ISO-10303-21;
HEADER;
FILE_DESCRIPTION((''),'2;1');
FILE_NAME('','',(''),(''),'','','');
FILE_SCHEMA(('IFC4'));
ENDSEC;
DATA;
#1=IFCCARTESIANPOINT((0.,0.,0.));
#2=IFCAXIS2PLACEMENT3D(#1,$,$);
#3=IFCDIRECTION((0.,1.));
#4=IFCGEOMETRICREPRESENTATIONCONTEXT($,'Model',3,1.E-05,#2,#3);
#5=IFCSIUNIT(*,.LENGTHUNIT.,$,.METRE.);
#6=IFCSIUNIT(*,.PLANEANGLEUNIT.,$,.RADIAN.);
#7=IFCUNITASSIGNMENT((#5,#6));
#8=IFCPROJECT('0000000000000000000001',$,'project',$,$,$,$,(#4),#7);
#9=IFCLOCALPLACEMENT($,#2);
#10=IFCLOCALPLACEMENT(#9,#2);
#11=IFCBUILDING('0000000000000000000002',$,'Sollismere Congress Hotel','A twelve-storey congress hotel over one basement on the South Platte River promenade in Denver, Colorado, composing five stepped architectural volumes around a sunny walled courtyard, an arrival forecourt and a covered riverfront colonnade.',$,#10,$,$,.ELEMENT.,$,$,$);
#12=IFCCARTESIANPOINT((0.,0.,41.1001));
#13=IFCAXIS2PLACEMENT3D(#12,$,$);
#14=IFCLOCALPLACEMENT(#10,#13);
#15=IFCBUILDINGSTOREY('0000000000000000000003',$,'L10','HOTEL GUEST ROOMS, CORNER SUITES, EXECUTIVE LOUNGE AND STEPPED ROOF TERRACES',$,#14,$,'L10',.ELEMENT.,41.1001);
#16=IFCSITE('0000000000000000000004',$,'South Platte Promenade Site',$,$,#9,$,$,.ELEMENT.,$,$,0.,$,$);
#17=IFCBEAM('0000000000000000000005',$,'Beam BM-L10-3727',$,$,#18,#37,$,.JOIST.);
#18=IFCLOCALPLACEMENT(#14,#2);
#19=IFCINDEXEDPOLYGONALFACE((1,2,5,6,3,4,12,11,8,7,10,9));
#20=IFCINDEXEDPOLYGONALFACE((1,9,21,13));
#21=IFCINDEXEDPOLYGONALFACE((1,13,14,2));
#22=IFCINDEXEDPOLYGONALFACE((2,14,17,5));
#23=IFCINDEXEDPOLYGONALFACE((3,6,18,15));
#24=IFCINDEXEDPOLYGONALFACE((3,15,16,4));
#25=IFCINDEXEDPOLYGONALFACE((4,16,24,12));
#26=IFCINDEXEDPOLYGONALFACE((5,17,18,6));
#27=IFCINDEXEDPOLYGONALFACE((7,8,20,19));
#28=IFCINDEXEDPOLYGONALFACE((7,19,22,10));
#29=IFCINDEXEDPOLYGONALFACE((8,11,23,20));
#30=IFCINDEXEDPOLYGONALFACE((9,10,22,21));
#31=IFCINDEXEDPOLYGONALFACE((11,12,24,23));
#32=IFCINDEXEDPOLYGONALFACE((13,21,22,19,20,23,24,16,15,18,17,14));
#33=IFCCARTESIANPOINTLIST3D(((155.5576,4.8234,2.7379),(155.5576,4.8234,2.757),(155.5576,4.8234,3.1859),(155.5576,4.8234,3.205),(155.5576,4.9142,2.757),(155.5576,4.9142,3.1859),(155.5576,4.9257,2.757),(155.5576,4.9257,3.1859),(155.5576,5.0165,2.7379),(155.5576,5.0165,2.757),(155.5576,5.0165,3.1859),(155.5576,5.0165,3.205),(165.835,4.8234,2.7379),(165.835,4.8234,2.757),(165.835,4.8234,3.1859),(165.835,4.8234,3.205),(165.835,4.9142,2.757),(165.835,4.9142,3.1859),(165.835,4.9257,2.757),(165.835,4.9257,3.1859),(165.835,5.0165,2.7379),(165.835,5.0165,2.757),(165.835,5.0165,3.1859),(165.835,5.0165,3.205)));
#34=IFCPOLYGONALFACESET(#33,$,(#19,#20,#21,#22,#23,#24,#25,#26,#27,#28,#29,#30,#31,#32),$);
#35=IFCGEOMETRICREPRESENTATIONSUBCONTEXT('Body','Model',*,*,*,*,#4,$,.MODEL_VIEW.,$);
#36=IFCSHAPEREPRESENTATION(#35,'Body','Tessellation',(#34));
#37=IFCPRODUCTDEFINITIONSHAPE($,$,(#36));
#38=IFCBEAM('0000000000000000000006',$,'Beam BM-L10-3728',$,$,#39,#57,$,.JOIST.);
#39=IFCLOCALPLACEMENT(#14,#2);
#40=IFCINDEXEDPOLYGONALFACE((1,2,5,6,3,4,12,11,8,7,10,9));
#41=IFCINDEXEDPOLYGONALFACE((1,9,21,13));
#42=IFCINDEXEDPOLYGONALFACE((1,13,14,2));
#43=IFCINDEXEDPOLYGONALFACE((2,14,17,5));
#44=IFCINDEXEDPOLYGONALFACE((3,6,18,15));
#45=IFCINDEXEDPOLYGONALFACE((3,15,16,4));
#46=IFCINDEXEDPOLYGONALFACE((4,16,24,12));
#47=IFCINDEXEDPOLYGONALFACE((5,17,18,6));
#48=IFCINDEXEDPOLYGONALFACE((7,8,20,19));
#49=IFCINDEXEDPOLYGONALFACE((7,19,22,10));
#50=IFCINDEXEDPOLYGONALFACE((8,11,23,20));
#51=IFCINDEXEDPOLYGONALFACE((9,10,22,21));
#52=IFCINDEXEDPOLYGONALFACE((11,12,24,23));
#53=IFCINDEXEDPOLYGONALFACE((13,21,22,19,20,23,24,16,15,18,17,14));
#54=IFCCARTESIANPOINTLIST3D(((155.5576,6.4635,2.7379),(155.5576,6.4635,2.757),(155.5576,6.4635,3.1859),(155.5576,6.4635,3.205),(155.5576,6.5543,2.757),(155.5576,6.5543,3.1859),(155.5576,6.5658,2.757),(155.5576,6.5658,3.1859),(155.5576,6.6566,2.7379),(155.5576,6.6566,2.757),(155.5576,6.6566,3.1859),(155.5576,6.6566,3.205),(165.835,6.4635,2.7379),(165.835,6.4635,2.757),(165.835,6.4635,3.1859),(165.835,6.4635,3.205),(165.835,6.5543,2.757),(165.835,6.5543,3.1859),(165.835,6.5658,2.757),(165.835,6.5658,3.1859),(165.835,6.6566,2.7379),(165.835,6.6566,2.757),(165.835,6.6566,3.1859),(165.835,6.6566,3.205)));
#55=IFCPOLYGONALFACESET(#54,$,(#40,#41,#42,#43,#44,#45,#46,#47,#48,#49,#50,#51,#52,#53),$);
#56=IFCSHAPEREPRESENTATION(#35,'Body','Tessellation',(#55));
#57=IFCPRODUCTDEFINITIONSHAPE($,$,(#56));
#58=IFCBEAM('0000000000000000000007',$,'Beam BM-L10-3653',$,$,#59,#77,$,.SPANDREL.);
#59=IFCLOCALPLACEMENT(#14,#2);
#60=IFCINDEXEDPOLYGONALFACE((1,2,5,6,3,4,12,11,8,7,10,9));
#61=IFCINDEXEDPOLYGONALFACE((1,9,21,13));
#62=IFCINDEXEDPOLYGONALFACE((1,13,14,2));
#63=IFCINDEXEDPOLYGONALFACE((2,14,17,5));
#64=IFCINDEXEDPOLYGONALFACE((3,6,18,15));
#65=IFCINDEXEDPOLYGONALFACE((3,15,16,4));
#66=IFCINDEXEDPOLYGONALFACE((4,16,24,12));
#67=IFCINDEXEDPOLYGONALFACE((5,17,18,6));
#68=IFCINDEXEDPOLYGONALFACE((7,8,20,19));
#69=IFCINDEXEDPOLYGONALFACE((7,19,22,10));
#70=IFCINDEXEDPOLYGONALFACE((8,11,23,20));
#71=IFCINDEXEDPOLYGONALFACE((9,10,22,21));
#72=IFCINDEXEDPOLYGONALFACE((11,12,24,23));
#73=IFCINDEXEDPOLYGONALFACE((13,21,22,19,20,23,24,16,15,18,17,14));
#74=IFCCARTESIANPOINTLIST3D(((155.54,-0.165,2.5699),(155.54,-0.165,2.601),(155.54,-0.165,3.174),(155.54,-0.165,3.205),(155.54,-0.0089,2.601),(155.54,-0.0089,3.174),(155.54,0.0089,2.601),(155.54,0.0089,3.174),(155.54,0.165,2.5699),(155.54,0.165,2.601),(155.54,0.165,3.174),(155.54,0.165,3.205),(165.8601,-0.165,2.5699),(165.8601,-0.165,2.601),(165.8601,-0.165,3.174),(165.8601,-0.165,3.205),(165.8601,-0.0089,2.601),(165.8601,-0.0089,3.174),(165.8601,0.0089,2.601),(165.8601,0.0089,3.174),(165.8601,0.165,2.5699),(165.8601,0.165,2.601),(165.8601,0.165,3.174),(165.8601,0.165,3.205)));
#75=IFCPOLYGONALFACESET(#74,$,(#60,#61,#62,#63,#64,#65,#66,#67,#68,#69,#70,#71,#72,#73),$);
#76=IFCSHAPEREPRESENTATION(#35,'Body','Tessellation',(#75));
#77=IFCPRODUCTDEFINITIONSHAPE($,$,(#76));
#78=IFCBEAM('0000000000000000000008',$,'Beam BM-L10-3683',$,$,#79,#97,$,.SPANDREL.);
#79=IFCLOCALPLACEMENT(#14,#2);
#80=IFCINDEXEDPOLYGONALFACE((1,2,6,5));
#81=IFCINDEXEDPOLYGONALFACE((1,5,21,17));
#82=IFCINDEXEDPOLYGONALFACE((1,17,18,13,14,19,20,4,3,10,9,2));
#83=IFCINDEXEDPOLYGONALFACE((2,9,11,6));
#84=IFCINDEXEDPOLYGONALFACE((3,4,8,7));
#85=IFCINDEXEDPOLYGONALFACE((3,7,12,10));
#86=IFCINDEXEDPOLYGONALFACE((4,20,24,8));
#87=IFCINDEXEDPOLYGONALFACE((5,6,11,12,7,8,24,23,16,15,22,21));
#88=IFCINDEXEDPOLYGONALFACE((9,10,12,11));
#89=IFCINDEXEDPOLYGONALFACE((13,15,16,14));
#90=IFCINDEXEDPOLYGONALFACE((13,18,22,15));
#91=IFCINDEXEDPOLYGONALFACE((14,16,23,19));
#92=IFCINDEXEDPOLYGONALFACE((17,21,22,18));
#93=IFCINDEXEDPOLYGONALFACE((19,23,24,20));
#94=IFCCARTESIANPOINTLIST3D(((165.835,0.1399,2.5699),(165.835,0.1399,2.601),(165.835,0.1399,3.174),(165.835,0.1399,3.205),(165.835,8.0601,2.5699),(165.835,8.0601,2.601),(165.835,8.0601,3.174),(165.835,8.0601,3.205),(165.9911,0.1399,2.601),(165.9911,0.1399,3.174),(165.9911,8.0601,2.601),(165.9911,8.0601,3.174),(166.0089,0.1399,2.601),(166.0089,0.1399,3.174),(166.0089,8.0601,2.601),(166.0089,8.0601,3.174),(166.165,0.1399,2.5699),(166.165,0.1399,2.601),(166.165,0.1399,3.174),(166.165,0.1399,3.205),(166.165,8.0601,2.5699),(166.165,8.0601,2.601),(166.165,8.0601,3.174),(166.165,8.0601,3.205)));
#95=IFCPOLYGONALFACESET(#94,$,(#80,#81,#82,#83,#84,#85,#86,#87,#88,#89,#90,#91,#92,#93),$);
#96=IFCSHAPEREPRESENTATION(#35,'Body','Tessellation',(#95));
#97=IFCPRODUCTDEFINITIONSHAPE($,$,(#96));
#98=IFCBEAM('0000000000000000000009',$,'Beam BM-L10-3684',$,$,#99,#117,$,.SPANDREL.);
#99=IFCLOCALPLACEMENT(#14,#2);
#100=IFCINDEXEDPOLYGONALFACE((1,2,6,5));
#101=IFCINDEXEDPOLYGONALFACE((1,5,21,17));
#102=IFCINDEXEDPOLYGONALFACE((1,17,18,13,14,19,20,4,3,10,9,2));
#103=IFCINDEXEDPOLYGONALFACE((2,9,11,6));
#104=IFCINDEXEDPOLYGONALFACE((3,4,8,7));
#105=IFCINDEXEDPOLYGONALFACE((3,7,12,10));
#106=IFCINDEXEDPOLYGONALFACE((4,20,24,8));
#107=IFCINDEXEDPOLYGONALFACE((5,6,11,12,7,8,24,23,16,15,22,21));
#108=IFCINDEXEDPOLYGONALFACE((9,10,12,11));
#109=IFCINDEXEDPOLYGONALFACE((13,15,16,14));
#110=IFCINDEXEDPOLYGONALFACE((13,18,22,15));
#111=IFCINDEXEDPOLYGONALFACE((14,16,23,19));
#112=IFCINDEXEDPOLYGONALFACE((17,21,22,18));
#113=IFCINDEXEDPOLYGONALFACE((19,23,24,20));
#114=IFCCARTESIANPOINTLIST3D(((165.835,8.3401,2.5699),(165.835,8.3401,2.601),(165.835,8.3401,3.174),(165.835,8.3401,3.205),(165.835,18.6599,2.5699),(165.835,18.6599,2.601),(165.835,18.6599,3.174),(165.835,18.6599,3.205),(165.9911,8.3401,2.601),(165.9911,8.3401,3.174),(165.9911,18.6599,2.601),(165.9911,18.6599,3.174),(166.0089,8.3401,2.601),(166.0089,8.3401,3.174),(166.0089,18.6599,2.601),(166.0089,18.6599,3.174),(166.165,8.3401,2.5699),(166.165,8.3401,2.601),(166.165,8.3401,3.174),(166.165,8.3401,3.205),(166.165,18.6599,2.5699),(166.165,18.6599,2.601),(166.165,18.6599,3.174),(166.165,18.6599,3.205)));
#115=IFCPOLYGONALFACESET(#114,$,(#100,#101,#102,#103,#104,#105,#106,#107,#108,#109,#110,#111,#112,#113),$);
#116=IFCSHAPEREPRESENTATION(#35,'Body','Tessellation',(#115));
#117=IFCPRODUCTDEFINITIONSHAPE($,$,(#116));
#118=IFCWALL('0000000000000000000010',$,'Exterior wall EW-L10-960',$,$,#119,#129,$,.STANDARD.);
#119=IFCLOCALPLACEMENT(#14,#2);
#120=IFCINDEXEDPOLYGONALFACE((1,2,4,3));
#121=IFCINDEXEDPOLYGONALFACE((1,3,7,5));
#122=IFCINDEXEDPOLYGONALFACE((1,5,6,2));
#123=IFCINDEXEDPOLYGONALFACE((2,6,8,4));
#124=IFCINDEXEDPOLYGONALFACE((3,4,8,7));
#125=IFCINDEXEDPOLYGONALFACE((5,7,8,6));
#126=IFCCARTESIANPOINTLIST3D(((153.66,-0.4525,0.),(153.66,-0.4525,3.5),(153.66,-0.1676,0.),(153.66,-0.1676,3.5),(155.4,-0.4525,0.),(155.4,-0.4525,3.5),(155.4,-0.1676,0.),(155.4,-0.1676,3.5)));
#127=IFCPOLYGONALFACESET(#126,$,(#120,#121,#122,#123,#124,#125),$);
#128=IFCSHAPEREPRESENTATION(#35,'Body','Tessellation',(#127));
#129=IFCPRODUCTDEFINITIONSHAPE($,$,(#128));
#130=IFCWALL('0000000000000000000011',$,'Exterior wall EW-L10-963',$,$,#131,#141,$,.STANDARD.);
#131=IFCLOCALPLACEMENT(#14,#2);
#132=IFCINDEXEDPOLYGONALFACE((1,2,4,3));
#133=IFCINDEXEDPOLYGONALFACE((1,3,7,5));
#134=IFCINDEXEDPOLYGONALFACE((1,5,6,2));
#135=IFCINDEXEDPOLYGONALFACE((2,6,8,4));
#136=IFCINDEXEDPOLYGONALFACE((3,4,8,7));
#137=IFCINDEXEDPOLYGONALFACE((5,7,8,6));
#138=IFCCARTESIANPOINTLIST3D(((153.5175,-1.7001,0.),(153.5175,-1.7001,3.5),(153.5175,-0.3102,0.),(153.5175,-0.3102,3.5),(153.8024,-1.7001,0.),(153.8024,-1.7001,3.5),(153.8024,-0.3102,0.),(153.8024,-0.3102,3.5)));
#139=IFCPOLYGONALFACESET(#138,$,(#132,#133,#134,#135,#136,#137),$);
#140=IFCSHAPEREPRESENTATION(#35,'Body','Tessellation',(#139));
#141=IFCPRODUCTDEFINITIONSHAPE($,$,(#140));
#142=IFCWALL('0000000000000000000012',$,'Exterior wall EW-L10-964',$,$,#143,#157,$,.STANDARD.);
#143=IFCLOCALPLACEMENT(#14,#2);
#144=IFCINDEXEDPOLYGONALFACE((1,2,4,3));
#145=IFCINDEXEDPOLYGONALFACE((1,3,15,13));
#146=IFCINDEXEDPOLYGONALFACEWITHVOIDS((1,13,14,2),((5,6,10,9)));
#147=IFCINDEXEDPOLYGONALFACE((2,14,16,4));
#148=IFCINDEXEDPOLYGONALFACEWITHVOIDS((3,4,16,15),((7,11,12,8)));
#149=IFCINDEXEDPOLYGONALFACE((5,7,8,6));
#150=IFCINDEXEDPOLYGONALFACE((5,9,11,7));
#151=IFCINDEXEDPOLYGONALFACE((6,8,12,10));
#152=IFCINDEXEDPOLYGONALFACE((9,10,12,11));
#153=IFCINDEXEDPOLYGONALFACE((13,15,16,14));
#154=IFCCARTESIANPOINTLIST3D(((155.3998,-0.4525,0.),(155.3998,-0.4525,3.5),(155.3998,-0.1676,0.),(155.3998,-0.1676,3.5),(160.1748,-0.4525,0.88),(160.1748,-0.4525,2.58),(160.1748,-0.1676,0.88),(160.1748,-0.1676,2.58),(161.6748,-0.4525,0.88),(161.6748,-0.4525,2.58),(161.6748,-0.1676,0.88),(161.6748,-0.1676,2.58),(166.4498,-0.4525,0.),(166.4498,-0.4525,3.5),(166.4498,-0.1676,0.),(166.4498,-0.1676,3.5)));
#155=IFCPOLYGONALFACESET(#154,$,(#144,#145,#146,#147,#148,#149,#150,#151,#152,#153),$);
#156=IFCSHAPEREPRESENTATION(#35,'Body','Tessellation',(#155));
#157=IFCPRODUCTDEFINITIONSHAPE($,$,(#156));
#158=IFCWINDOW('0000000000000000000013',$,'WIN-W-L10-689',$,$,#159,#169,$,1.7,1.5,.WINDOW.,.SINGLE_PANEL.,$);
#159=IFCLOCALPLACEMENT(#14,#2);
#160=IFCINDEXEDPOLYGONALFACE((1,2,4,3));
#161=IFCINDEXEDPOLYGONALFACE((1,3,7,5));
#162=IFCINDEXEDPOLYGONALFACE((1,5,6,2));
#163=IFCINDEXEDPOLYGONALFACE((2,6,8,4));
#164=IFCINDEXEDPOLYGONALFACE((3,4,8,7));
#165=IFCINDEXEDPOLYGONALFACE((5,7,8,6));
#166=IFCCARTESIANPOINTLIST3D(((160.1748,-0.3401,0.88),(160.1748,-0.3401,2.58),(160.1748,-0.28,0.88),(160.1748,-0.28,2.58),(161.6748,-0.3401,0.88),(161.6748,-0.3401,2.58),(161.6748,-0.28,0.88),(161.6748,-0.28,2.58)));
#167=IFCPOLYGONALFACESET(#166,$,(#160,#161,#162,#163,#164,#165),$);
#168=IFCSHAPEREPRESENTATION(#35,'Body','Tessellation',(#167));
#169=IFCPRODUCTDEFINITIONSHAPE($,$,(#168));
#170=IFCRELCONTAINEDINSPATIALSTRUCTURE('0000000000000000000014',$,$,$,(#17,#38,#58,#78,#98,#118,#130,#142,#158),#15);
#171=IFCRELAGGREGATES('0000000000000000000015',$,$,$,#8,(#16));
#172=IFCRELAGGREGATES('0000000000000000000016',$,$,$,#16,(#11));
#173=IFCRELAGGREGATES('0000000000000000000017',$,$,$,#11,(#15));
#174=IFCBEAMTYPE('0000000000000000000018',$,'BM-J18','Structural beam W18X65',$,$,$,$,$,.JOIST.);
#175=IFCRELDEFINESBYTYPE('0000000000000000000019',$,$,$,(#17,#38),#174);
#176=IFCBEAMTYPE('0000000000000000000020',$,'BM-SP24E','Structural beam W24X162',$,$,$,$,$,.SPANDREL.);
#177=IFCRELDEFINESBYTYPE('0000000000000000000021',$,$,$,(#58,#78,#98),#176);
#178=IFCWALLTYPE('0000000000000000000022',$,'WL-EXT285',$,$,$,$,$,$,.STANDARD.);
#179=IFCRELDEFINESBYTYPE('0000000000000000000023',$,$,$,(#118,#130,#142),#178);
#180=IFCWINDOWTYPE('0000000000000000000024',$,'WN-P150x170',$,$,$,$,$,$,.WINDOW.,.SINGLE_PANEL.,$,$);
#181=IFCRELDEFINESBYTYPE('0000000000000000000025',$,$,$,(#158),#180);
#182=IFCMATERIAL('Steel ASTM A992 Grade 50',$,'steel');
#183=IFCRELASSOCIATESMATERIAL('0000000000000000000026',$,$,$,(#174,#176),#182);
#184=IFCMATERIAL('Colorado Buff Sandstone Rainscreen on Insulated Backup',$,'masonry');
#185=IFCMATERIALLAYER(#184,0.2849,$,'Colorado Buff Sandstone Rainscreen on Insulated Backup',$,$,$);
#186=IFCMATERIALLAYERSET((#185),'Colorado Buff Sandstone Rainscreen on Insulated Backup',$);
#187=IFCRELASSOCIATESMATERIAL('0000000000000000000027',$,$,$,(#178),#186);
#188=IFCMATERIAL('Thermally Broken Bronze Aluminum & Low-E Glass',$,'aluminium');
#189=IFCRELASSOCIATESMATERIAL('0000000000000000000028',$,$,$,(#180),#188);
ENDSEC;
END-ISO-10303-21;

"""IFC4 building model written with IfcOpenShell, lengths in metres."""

from ifc_helpers import new_model, si_unit, direction, frame, frame_2d, origin, origin_2d, place, context, subcontext, project, spatial, rectangle, i_section, extrude, material, layer, layer_set, material_profile, profile_set, type_object, element, fill, save


model = new_model("IFC4")

# Units and contexts
model_context = context("Model", 3, precision=1e-05, world=origin(), true_north=direction((0.0, 1.0)))
body_context = subcontext(model_context, "Body", "Model", "MODEL_VIEW")
ifc_project = project(units=[si_unit("LENGTHUNIT", "METRE"), si_unit("PLANEANGLEUNIT", "RADIAN")], contexts=[model_context])

# Site, building, storey
site_placement = place(None, origin())
site = spatial("IfcSite", under=ifc_project, at=site_placement, Name="South Platte Promenade Site", CompositionType="ELEMENT", RefElevation=0.0)
building_placement = place(site_placement, origin())
building = spatial("IfcBuilding", under=site, at=building_placement, Name="Sollismere Congress Hotel", Description="A twelve-storey congress hotel over one basement on the South Platte River promenade in Denver, Colorado, composing five stepped architectural volumes around a sunny walled courtyard, an arrival forecourt and a covered riverfront colonnade.", CompositionType="ELEMENT")
storey_placement = place(building_placement, frame((0.0, 0.0, 41.1001)))
storey = spatial("IfcBuildingStorey", under=building, at=storey_placement, Name="L10", Description="HOTEL GUEST ROOMS, CORNER SUITES, EXECUTIVE LOUNGE AND STEPPED ROOF TERRACES", LongName="L10", CompositionType="ELEMENT", Elevation=41.1001)

# Shared definitions
ifc_material_1 = material(Name="Steel ASTM A992 Grade 50", Category="steel")

# Beams
ifc_material_profile_1 = material_profile(ifc_material_1, i_section(OverallWidth=0.1931, OverallDepth=0.467, WebThickness=0.0115, FlangeThickness=0.019, at=origin_2d()), Name="W18X65")
ifc_profile_set_1 = profile_set([ifc_material_profile_1], Name="Steel ASTM A992 Grade 50")
beam_type_1 = type_object("IfcBeamType", Name="BM-J18", Description="Structural beam W18X65", PredefinedType="JOIST", material=ifc_profile_set_1)
for number, where, z_axis, x_axis, name in (
    (1, (155.5576, 4.9199, 2.9714), (1.0, 0.0, 0.0), (0.0, 1.0, 0.0), "Beam BM-L10-3727"),
    (2, (155.5576, 6.5601, 2.9714), (1.0, 0.0, 0.0), (0.0, 1.0, 0.0), "Beam BM-L10-3728"),
):
    element("IfcBeam", number, at=place(storey_placement, frame(where, z_axis=z_axis, x_axis=x_axis)), inside=storey, type_object=beam_type_1, Name=name, PredefinedType="JOIST", context=body_context, shape_type="SweptSolid", body=[
        extrude(i_section(OverallWidth=0.1931, OverallDepth=0.467, WebThickness=0.0115, FlangeThickness=0.019, at=origin_2d()), origin(), (0.0, 0.0, 1.0), 10.2773),
    ])
ifc_material_profile_2 = material_profile(ifc_material_1, i_section(OverallWidth=0.3301, OverallDepth=0.635, WebThickness=0.0178, FlangeThickness=0.031, at=origin_2d()), Name="W24X162")
ifc_profile_set_2 = profile_set([ifc_material_profile_2], Name="Steel ASTM A992 Grade 50")
beam_type_2 = type_object("IfcBeamType", Name="BM-SP24E", Description="Structural beam W24X162", PredefinedType="SPANDREL", material=ifc_profile_set_2)
beam_1_placement = place(storey_placement, frame((155.54, 0.0, 2.8875), z_axis=(1.0, 0.0, 0.0), x_axis=(0.0, 1.0, 0.0)))
element("IfcBeam", 3, at=beam_1_placement, inside=storey, type_object=beam_type_2, Name="Beam BM-L10-3653", PredefinedType="SPANDREL", context=body_context, shape_type="SweptSolid", body=[
    extrude(i_section(OverallWidth=0.3301, OverallDepth=0.635, WebThickness=0.0178, FlangeThickness=0.031, at=origin_2d()), origin(), (0.0, 0.0, 1.0), 10.3201),
])
beam_2_placement = place(storey_placement, frame((166.0, 0.1399, 2.8875), z_axis=(0.0, 1.0, 0.0), x_axis=(-1.0, 0.0, 0.0)))
element("IfcBeam", 4, at=beam_2_placement, inside=storey, type_object=beam_type_2, Name="Beam BM-L10-3683", PredefinedType="SPANDREL", context=body_context, shape_type="SweptSolid", body=[
    extrude(i_section(OverallWidth=0.3301, OverallDepth=0.635, WebThickness=0.0178, FlangeThickness=0.031, at=origin_2d()), origin(), (0.0, 0.0, 1.0), 7.9202),
])
beam_3_placement = place(storey_placement, frame((166.0, 8.3401, 2.8875), z_axis=(0.0, 1.0, 0.0), x_axis=(-1.0, 0.0, 0.0)))
element("IfcBeam", 5, at=beam_3_placement, inside=storey, type_object=beam_type_2, Name="Beam BM-L10-3684", PredefinedType="SPANDREL", context=body_context, shape_type="SweptSolid", body=[
    extrude(i_section(OverallWidth=0.3301, OverallDepth=0.635, WebThickness=0.0178, FlangeThickness=0.031, at=origin_2d()), origin(), (0.0, 0.0, 1.0), 10.3198),
])

# Walls
ifc_material_2 = material(Name="Colorado Buff Sandstone Rainscreen on Insulated Backup", Category="masonry")
ifc_layer_1 = layer(ifc_material_2, 0.2849, Name="Colorado Buff Sandstone Rainscreen on Insulated Backup")
ifc_layer_set_1 = layer_set([ifc_layer_1], Name="Colorado Buff Sandstone Rainscreen on Insulated Backup")
wall_type_1 = type_object("IfcWallType", Name="WL-EXT285", PredefinedType="STANDARD", material=ifc_layer_set_1)
wall_1_placement = place(storey_placement, frame((153.6599, -0.3101, 0.0), z_axis=(0.0, 0.0, 1.0), x_axis=(1.0, 0.0, 0.0)))
element("IfcWall", 6, at=wall_1_placement, inside=storey, type_object=wall_type_1, Name="Exterior wall EW-L10-960", PredefinedType="STANDARD", context=body_context, shape_type="SweptSolid", body=[
    extrude(rectangle(XDim=1.74, YDim=0.2849, at=frame_2d((0.8701, 0.0))), origin(), (0.0, 0.0, 1.0), 3.5),
])
wall_2_placement = place(storey_placement, frame((153.6599, -1.7, 0.0), z_axis=(0.0, 0.0, 1.0), x_axis=(0.0, 1.0, 0.0)))
element("IfcWall", 7, at=wall_2_placement, inside=storey, type_object=wall_type_1, Name="Exterior wall EW-L10-963", PredefinedType="STANDARD", context=body_context, shape_type="SweptSolid", body=[
    extrude(rectangle(XDim=1.3899, YDim=0.2849, at=frame_2d((0.6948, 0.0))), origin(), (0.0, 0.0, 1.0), 3.5),
])

# Wall, opening, window
wall_3_placement = place(storey_placement, frame((155.3999, -0.3101, 0.0), z_axis=(0.0, 0.0, 1.0), x_axis=(1.0, 0.0, 0.0)))
wall_3 = element("IfcWall", 8, at=wall_3_placement, inside=storey, type_object=wall_type_1, Name="Exterior wall EW-L10-964", PredefinedType="STANDARD", context=body_context, shape_type="SweptSolid", body=[
    extrude(rectangle(XDim=11.05, YDim=0.2849, at=frame_2d((5.5249, 0.0))), origin(), (0.0, 0.0, 1.0), 3.5),
])
opening_1_placement = place(wall_3_placement, frame((4.7749, 0.0, 0.8799)))
opening_1 = element("IfcOpeningElement", 9, at=opening_1_placement, cuts=wall_3, PredefinedType="OPENING", context=body_context, shape_type="SweptSolid", body=[
    extrude(rectangle(XDim=1.5, YDim=1.7, at=frame_2d((0.75, 0.8501))), frame((0.0, 0.1523, 0.0), z_axis=(0.0, -1.0, 0.0), x_axis=(1.0, 0.0, 0.0)), (0.0, 0.0, 1.0), 0.3049),
])
ifc_material_3 = material(Name="Thermally Broken Bronze Aluminum & Low-E Glass", Category="aluminium")
window_type = type_object("IfcWindowType", Name="WN-P150x170", PartitioningType="SINGLE_PANEL", PredefinedType="WINDOW", material=ifc_material_3)
window_1_placement = place(opening_1_placement, origin())
window_1 = element("IfcWindow", 10, at=window_1_placement, inside=storey, type_object=window_type, Name="WIN-W-L10-689", OverallHeight=1.7, OverallWidth=1.5, PartitioningType="SINGLE_PANEL", PredefinedType="WINDOW", context=body_context, shape_type="SweptSolid", body=[
    extrude(rectangle(XDim=1.5, YDim=1.7, at=frame_2d((0.75, 0.8501))), frame((0.0, 0.03, 0.0), z_axis=(0.0, -1.0, 0.0), x_axis=(1.0, 0.0, 0.0)), (0.0, 0.0, 1.0), 0.0601),
])
fill(opening_1, window_1)

save(model, "model.ifc")
